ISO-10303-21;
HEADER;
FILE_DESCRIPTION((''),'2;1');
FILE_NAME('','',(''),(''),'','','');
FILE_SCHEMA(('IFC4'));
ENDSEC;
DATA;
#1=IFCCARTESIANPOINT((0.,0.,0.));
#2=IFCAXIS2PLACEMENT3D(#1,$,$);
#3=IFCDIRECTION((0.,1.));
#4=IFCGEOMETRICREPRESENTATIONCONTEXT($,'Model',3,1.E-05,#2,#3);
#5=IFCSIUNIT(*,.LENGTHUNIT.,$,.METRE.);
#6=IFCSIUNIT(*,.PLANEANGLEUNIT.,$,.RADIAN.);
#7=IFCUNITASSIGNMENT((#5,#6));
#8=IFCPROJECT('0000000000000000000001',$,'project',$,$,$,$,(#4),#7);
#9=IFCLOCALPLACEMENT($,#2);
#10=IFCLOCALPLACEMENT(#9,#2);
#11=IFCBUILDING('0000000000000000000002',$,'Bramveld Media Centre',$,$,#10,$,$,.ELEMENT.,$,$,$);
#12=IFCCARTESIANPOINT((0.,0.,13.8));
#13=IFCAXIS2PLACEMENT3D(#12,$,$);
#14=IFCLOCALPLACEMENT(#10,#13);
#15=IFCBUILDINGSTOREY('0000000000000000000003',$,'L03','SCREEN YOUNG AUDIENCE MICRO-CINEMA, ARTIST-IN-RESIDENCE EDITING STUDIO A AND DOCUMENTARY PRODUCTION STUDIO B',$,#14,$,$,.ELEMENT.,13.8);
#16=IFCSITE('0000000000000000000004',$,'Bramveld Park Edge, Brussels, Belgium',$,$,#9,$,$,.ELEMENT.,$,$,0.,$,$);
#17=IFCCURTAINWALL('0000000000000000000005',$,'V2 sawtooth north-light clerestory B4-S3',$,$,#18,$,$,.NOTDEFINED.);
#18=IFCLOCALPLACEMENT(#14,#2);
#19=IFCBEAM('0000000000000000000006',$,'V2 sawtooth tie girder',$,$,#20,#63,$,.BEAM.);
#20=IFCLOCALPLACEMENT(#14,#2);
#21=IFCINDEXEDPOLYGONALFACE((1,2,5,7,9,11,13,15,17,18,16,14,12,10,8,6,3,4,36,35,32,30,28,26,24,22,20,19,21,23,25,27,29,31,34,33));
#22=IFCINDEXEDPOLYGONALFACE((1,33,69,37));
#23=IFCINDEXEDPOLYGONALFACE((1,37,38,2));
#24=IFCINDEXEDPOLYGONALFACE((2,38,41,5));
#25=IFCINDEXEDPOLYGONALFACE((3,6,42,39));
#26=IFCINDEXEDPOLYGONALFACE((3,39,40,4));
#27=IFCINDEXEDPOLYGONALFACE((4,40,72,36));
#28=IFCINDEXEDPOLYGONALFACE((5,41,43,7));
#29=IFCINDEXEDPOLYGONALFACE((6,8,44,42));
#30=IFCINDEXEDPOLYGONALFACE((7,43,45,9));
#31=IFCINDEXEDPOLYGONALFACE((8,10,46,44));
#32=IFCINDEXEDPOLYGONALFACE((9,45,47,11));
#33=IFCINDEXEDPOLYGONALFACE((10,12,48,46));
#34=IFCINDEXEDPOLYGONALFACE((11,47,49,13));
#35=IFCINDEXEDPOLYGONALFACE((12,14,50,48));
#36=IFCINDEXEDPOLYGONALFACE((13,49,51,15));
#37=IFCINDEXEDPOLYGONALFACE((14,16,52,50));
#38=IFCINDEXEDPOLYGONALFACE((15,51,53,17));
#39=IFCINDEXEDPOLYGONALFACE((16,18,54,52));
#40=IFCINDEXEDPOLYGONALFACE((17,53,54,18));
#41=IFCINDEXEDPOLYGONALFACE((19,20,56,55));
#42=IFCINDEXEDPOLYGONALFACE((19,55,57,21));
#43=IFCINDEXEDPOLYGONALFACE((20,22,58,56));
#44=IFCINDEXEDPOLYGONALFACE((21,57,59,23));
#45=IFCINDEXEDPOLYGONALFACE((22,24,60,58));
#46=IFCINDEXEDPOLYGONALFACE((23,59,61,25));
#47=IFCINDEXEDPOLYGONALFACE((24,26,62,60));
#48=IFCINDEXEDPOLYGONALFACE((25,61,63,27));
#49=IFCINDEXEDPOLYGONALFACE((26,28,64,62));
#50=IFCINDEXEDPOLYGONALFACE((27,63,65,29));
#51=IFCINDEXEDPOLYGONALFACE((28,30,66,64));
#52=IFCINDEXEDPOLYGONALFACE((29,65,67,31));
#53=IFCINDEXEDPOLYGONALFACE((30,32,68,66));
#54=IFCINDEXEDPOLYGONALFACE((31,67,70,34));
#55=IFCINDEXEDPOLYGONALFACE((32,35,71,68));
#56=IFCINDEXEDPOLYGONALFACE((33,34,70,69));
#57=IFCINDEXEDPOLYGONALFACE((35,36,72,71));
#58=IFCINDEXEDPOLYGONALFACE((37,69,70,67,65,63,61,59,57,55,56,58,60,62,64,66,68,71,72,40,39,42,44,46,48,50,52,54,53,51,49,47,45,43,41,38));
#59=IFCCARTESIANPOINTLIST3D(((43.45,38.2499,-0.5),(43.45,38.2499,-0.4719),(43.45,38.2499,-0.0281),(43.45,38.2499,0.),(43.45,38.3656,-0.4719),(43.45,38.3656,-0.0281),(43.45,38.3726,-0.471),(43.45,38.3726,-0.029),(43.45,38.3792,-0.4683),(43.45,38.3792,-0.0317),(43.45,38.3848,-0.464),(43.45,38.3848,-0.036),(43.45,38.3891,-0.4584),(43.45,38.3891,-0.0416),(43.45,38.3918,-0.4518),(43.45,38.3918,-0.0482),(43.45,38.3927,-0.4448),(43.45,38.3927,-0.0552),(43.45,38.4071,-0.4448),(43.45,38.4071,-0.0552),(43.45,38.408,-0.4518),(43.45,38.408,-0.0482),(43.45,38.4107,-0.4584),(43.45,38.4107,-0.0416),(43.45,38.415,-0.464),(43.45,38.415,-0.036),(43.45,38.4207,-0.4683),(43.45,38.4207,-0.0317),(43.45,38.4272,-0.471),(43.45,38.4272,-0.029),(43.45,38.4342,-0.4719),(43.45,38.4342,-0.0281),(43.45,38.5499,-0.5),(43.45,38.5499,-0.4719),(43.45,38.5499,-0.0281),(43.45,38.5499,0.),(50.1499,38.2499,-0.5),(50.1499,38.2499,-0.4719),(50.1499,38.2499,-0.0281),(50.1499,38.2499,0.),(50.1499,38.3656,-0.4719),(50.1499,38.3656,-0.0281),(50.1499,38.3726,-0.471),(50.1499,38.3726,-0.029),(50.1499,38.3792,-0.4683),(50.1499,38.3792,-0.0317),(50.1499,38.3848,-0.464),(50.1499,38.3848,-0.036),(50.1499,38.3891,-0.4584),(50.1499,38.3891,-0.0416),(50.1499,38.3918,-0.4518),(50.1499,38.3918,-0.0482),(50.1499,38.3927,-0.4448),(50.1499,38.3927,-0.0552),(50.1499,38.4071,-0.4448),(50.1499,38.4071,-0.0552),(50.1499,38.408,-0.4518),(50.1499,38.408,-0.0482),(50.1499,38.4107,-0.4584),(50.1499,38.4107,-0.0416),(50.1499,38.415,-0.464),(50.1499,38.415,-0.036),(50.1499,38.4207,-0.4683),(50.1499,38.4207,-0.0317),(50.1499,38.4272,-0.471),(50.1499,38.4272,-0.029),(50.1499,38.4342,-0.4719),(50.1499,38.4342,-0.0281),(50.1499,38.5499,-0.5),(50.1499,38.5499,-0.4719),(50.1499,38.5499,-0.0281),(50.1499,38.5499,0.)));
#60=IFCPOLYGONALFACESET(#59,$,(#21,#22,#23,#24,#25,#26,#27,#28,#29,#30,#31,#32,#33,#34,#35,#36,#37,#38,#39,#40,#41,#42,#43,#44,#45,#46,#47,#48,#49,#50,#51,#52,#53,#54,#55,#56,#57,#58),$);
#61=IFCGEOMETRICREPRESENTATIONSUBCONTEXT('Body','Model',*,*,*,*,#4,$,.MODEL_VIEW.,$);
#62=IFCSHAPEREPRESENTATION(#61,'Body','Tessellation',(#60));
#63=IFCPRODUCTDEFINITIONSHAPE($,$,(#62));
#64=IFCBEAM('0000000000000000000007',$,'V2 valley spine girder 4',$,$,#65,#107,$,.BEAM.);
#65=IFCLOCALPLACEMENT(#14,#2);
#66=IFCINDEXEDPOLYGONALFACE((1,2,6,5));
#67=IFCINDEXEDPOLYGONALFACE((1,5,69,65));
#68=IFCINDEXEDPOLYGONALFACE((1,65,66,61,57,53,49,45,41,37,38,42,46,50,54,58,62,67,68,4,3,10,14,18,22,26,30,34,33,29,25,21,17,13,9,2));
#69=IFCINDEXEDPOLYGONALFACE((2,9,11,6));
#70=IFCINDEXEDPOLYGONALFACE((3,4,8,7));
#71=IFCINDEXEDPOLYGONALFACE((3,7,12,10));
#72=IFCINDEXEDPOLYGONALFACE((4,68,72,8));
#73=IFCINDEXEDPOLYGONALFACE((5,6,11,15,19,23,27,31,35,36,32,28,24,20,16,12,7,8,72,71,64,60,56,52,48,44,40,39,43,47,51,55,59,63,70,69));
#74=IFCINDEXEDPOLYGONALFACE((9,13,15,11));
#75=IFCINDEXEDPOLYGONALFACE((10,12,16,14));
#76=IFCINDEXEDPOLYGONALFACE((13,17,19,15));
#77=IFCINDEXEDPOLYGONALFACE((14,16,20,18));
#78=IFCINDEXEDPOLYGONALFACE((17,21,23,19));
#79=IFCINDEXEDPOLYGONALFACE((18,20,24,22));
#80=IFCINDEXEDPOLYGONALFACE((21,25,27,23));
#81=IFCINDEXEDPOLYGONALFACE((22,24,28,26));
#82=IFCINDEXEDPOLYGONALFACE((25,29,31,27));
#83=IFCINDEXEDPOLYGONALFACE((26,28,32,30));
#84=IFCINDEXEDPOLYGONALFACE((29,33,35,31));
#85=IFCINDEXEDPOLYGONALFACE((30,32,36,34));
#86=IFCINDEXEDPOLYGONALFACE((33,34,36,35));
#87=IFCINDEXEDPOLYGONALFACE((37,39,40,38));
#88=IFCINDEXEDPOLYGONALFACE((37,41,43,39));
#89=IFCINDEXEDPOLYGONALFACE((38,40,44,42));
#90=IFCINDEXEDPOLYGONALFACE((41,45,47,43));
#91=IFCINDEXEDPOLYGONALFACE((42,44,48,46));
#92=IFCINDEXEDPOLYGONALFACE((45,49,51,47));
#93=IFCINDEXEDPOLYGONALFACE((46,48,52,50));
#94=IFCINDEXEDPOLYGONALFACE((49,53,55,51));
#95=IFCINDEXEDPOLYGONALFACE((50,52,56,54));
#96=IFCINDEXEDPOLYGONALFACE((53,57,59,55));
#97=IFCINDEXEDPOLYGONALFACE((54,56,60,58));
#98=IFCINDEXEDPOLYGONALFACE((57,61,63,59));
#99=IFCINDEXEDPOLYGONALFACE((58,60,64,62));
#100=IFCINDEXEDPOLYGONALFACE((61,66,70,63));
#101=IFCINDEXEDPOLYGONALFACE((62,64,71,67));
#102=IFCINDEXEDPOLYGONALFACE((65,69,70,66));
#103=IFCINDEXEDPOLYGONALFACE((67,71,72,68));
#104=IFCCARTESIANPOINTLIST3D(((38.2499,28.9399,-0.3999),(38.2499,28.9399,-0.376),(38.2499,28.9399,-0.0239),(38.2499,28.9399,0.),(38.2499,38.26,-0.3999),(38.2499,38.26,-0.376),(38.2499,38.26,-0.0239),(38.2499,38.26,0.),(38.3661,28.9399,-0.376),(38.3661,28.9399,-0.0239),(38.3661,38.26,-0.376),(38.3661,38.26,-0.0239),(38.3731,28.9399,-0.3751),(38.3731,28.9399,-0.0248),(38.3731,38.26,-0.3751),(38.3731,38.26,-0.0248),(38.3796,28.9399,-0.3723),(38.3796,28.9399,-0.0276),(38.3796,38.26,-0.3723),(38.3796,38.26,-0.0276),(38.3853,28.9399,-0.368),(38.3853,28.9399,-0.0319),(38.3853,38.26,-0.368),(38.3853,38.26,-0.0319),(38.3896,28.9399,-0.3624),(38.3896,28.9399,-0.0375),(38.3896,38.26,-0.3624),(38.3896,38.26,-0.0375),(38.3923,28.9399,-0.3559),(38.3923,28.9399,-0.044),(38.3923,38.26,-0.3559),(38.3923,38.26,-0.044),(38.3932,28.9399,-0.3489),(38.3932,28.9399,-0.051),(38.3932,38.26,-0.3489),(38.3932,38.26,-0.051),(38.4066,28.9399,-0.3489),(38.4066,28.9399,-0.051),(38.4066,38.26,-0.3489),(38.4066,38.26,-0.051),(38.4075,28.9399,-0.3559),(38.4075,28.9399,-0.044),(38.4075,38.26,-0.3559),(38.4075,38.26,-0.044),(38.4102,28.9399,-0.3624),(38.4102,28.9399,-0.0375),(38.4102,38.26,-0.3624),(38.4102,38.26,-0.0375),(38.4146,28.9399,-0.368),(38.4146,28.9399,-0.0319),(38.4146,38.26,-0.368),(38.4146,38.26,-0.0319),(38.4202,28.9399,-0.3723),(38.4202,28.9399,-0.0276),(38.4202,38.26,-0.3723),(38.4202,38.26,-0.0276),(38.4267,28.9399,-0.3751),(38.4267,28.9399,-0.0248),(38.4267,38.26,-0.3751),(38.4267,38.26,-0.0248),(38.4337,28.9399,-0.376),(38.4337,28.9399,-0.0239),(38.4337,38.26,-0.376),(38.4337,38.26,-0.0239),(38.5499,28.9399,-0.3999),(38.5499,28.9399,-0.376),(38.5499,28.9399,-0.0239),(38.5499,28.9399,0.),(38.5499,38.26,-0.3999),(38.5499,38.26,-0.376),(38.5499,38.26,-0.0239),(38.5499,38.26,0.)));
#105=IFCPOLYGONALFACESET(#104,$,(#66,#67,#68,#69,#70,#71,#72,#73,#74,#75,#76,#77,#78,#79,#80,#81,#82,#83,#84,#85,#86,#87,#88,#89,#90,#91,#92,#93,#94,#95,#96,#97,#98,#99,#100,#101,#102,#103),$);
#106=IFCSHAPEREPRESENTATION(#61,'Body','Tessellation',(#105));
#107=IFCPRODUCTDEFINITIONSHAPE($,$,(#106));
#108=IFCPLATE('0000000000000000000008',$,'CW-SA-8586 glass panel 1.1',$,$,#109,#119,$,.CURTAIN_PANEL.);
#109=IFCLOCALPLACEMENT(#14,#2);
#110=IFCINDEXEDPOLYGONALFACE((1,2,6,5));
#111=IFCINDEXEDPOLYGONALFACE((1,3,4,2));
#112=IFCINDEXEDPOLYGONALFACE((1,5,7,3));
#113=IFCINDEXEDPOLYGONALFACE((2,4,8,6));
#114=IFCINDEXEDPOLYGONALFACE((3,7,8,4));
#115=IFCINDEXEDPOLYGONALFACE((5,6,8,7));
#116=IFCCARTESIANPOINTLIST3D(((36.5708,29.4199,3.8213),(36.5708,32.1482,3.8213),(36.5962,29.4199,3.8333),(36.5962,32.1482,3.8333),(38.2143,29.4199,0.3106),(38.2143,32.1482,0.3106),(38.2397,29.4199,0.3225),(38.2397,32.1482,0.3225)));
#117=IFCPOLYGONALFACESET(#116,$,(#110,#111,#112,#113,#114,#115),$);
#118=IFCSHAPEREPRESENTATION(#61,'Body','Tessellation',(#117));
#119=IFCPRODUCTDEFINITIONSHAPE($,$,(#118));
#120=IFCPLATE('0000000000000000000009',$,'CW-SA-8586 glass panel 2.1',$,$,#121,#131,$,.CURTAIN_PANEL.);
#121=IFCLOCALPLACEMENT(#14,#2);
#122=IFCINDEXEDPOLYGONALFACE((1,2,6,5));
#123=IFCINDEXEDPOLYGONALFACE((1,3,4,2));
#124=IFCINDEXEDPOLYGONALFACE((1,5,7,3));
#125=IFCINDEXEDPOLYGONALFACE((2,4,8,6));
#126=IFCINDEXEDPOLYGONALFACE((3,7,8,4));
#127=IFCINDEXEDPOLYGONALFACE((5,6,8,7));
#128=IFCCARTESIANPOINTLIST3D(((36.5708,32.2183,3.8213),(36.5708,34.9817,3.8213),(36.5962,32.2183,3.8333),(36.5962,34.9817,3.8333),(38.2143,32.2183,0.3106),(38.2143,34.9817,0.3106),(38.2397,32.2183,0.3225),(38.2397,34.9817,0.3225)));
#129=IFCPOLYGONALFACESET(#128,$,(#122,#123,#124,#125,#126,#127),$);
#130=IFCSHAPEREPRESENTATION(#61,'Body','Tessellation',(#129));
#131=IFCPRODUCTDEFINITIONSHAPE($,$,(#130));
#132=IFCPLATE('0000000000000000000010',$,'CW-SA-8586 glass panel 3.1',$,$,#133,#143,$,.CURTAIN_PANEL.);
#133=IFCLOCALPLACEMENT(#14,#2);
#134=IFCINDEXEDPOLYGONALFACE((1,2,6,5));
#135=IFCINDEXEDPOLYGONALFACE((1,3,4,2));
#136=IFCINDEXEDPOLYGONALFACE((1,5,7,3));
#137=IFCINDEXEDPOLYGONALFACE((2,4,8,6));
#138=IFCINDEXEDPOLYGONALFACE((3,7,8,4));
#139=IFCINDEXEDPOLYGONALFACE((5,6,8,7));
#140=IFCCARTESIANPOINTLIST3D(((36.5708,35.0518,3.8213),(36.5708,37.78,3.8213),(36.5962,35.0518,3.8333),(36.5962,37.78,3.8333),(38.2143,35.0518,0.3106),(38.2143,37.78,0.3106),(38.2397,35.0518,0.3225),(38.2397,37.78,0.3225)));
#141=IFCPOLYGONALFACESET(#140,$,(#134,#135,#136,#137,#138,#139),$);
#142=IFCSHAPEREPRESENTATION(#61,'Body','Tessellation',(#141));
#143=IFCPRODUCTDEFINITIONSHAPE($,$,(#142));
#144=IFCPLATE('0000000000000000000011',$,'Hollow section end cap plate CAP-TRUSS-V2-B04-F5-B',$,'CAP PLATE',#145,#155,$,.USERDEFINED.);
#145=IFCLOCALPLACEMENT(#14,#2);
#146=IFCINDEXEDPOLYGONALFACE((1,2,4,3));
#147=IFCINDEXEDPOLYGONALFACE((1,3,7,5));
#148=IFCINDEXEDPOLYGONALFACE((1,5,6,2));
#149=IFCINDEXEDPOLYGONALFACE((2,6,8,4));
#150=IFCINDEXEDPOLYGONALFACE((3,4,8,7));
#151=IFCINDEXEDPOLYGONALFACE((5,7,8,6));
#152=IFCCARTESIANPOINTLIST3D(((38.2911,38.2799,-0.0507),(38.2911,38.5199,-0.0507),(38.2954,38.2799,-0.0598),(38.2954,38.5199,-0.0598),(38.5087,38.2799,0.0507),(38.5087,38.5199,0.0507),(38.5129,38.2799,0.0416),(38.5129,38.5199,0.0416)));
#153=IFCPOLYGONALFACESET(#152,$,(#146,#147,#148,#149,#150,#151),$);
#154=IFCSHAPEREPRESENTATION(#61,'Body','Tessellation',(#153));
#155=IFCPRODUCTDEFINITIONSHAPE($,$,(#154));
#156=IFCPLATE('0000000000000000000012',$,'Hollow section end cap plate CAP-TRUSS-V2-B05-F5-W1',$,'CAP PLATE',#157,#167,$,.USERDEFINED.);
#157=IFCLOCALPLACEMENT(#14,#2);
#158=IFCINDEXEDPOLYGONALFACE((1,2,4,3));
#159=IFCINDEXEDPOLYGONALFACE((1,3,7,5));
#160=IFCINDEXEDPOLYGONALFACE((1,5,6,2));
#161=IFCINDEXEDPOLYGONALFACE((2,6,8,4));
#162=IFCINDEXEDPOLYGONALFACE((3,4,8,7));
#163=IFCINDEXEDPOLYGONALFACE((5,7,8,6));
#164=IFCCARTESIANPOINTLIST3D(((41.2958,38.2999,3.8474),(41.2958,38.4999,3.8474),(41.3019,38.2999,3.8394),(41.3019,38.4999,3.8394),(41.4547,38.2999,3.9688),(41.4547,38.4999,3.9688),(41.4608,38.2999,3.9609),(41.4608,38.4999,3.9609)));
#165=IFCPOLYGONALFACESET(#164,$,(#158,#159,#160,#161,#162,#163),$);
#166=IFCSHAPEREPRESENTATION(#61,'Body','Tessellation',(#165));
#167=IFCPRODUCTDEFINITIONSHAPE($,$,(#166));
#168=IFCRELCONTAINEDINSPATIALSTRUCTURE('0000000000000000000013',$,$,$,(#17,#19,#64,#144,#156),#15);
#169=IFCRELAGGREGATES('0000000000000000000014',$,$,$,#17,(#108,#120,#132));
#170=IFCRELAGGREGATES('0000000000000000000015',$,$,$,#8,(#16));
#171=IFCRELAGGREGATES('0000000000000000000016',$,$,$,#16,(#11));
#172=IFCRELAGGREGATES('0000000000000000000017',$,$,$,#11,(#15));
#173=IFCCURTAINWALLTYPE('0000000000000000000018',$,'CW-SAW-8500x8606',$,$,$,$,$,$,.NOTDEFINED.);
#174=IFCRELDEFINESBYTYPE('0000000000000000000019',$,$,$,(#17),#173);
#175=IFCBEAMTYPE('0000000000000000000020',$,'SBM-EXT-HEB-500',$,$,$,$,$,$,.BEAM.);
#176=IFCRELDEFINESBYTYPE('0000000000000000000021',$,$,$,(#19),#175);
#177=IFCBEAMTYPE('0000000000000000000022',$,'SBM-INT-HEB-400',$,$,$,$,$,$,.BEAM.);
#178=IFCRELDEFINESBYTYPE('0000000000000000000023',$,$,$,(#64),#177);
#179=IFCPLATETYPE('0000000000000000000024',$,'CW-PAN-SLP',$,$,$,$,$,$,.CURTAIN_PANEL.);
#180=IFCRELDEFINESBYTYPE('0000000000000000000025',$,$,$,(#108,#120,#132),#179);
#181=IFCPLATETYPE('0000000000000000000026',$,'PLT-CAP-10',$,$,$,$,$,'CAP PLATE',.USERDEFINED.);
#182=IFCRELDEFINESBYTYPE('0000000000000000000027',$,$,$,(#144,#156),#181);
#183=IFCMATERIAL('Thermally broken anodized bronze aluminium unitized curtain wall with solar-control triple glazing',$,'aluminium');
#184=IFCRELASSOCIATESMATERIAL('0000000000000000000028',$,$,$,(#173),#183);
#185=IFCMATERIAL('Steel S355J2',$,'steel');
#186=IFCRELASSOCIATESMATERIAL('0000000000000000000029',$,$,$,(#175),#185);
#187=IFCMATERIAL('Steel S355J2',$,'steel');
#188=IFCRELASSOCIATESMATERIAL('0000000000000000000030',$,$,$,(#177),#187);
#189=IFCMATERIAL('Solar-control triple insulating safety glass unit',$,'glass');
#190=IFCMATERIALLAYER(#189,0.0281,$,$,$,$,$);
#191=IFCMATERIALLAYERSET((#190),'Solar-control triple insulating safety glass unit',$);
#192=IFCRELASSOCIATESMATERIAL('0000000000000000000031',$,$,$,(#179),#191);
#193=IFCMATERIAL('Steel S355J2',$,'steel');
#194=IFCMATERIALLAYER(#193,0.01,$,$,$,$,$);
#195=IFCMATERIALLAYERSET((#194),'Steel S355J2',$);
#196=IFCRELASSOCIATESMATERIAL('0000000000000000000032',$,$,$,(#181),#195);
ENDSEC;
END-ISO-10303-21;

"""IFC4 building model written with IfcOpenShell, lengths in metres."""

from ifc_helpers import new_model, si_unit, direction, frame, origin, origin_2d, place, context, subcontext, project, spatial, polyline, rectangle, i_section, outline, extrude, material, layer, layer_set, material_profile, profile_set, type_object, element, aggregate, save


model = new_model("IFC4")

# Units and contexts
model_context = context("Model", 3, precision=1e-05, world=origin(), true_north=direction((0.0, 1.0)))
body_context = subcontext(model_context, "Body", "Model", "MODEL_VIEW")
ifc_project = project(units=[si_unit("LENGTHUNIT", "METRE"), si_unit("PLANEANGLEUNIT", "RADIAN")], contexts=[model_context])

# Site, building, storey
site_placement = place(None, origin())
site = spatial("IfcSite", under=ifc_project, at=site_placement, Name="Bramveld Park Edge, Brussels, Belgium", CompositionType="ELEMENT", RefElevation=0.0)
building_placement = place(site_placement, origin())
building = spatial("IfcBuilding", under=site, at=building_placement, Name="Bramveld Media Centre", CompositionType="ELEMENT")
storey_placement = place(building_placement, frame((0.0, 0.0, 13.8)))
storey = spatial("IfcBuildingStorey", under=building, at=storey_placement, Name="L03", Description="SCREEN YOUNG AUDIENCE MICRO-CINEMA, ARTIST-IN-RESIDENCE EDITING STUDIO A AND DOCUMENTARY PRODUCTION STUDIO B", CompositionType="ELEMENT", Elevation=13.8)

# Curtain wall
ifc_material_1 = material(Name="Thermally broken anodized bronze aluminium unitized curtain wall with solar-control triple glazing", Category="aluminium")
curtain_wall_type = type_object("IfcCurtainWallType", Name="CW-SAW-8500x8606", PredefinedType="NOTDEFINED", material=ifc_material_1)
curtain_wall_placement = place(storey_placement, origin())
curtain_wall = element("IfcCurtainWall", 1, at=curtain_wall_placement, inside=storey, type_object=curtain_wall_type, Name="V2 sawtooth north-light clerestory B4-S3", PredefinedType="NOTDEFINED")

# Beams
ifc_material_2 = material(Name="Steel S355J2", Category="steel")
ifc_material_profile_1 = material_profile(ifc_material_2, i_section(OverallWidth=0.3, OverallDepth=0.5, WebThickness=0.0144, FlangeThickness=0.0281, FilletRadius=0.0271, at=origin_2d()), Name="HEB 500")
ifc_profile_set_1 = profile_set([ifc_material_profile_1], Name="Steel S355J2")
beam_type_1 = type_object("IfcBeamType", Name="SBM-EXT-HEB-500", PredefinedType="BEAM", material=ifc_profile_set_1)
beam_1_placement = place(storey_placement, frame((43.45, 38.3999, -0.25), z_axis=(1.0, 0.0, 0.0), x_axis=(0.0, 1.0, 0.0)))
element("IfcBeam", 2, at=beam_1_placement, inside=storey, type_object=beam_type_1, Name="V2 sawtooth tie girder", PredefinedType="BEAM", context=body_context, shape_type="SweptSolid", body=[
    extrude(i_section(OverallWidth=0.3, OverallDepth=0.5, WebThickness=0.0144, FlangeThickness=0.0281, FilletRadius=0.0271, at=origin_2d()), origin(), (0.0, 0.0, 1.0), 6.7),
])
ifc_material_3 = material(Name="Steel S355J2", Category="steel")
ifc_material_profile_2 = material_profile(ifc_material_3, i_section(OverallWidth=0.3, OverallDepth=0.3999, WebThickness=0.0134, FlangeThickness=0.0239, FilletRadius=0.0271, at=origin_2d()), Name="HEB 400")
ifc_profile_set_2 = profile_set([ifc_material_profile_2], Name="Steel S355J2")
beam_type_2 = type_object("IfcBeamType", Name="SBM-INT-HEB-400", PredefinedType="BEAM", material=ifc_profile_set_2)
beam_2_placement = place(storey_placement, frame((38.3999, 28.9399, -0.2), z_axis=(0.0, 1.0, 0.0), x_axis=(-1.0, 0.0, 0.0)))
element("IfcBeam", 3, at=beam_2_placement, inside=storey, type_object=beam_type_2, Name="V2 valley spine girder 4", PredefinedType="BEAM", context=body_context, shape_type="SweptSolid", body=[
    extrude(i_section(OverallWidth=0.3, OverallDepth=0.3999, WebThickness=0.0134, FlangeThickness=0.0239, FilletRadius=0.0271, at=origin_2d()), origin(), (0.0, 0.0, 1.0), 9.3201),
])

# Plates
ifc_material_4 = material(Name="Solar-control triple insulating safety glass unit", Category="glass")
ifc_layer_1 = layer(ifc_material_4, 0.0281)
ifc_layer_set_1 = layer_set([ifc_layer_1], Name="Solar-control triple insulating safety glass unit")
plate_type_1 = type_object("IfcPlateType", Name="CW-PAN-SLP", PredefinedType="CURTAIN_PANEL", material=ifc_layer_set_1)
plate_1_placement = place(storey_placement, frame((38.2397, 29.4199, 0.3225), z_axis=(0.905668, 0.0, 0.423988), x_axis=(0.0, 1.0, 0.0)))
plate_1 = element("IfcPlate", 4, at=plate_1_placement, type_object=plate_type_1, Name="CW-SA-8586 glass panel 1.1", PredefinedType="CURTAIN_PANEL", context=body_context, shape_type="SweptSolid", body=[
    extrude(outline(polyline([(0.0, 0.0), (2.7283, 0.0), (2.7283, 3.8764), (0.0, 3.8764), (0.0, 0.0)])), origin(), (0.0, 0.0, -1.0), 0.0281),
])
plate_2_placement = place(storey_placement, frame((38.2397, 32.2183, 0.3225), z_axis=(0.905668, 0.0, 0.423988), x_axis=(0.0, 1.0, 0.0)))
plate_2 = element("IfcPlate", 5, at=plate_2_placement, type_object=plate_type_1, Name="CW-SA-8586 glass panel 2.1", PredefinedType="CURTAIN_PANEL", context=body_context, shape_type="SweptSolid", body=[
    extrude(outline(polyline([(0.0, 0.0), (2.7634, 0.0), (2.7634, 3.8764), (0.0, 3.8764), (0.0, 0.0)])), origin(), (0.0, 0.0, -1.0), 0.0281),
])
plate_3_placement = place(storey_placement, frame((38.2397, 35.0518, 0.3225), z_axis=(0.905668, 0.0, 0.423988), x_axis=(0.0, 1.0, 0.0)))
plate_3 = element("IfcPlate", 6, at=plate_3_placement, type_object=plate_type_1, Name="CW-SA-8586 glass panel 3.1", PredefinedType="CURTAIN_PANEL", context=body_context, shape_type="SweptSolid", body=[
    extrude(outline(polyline([(0.0, 0.0), (2.7283, 0.0), (2.7283, 3.8764), (0.0, 3.8764), (0.0, 0.0)])), origin(), (0.0, 0.0, -1.0), 0.0281),
])
aggregate(curtain_wall, [plate_1, plate_2, plate_3])

# Plates
ifc_material_5 = material(Name="Steel S355J2", Category="steel")
ifc_layer_2 = layer(ifc_material_5, 0.01)
ifc_layer_set_2 = layer_set([ifc_layer_2], Name="Steel S355J2")
plate_type_2 = type_object("IfcPlateType", Name="PLT-CAP-10", ElementType="CAP PLATE", PredefinedType="USERDEFINED", material=ifc_layer_set_2)
plate_4_placement = place(storey_placement, frame((38.3999, 38.3999, 0.0), z_axis=(0.422618, 0.0, -0.906308), x_axis=(0.0, 1.0, 0.0)))
element("IfcPlate", 7, at=plate_4_placement, inside=storey, type_object=plate_type_2, Name="Hollow section end cap plate CAP-TRUSS-V2-B04-F5-B", ObjectType="CAP PLATE", PredefinedType="USERDEFINED", context=body_context, shape_type="SweptSolid", body=[
    extrude(rectangle(XDim=0.24, YDim=0.24, at=origin_2d()), origin(), (0.0, 0.0, 1.0), 0.01),
])
plate_5_placement = place(storey_placement, frame((41.3813, 38.3999, 3.9001), z_axis=(-0.607328, 0.0, 0.794451), x_axis=(0.0, -1.0, 0.0)))
element("IfcPlate", 8, at=plate_5_placement, inside=storey, type_object=plate_type_2, Name="Hollow section end cap plate CAP-TRUSS-V2-B05-F5-W1", ObjectType="CAP PLATE", PredefinedType="USERDEFINED", context=body_context, shape_type="SweptSolid", body=[
    extrude(rectangle(XDim=0.2, YDim=0.2, at=origin_2d()), origin(), (0.0, 0.0, 1.0), 0.01),
])

save(model, "model.ifc")
